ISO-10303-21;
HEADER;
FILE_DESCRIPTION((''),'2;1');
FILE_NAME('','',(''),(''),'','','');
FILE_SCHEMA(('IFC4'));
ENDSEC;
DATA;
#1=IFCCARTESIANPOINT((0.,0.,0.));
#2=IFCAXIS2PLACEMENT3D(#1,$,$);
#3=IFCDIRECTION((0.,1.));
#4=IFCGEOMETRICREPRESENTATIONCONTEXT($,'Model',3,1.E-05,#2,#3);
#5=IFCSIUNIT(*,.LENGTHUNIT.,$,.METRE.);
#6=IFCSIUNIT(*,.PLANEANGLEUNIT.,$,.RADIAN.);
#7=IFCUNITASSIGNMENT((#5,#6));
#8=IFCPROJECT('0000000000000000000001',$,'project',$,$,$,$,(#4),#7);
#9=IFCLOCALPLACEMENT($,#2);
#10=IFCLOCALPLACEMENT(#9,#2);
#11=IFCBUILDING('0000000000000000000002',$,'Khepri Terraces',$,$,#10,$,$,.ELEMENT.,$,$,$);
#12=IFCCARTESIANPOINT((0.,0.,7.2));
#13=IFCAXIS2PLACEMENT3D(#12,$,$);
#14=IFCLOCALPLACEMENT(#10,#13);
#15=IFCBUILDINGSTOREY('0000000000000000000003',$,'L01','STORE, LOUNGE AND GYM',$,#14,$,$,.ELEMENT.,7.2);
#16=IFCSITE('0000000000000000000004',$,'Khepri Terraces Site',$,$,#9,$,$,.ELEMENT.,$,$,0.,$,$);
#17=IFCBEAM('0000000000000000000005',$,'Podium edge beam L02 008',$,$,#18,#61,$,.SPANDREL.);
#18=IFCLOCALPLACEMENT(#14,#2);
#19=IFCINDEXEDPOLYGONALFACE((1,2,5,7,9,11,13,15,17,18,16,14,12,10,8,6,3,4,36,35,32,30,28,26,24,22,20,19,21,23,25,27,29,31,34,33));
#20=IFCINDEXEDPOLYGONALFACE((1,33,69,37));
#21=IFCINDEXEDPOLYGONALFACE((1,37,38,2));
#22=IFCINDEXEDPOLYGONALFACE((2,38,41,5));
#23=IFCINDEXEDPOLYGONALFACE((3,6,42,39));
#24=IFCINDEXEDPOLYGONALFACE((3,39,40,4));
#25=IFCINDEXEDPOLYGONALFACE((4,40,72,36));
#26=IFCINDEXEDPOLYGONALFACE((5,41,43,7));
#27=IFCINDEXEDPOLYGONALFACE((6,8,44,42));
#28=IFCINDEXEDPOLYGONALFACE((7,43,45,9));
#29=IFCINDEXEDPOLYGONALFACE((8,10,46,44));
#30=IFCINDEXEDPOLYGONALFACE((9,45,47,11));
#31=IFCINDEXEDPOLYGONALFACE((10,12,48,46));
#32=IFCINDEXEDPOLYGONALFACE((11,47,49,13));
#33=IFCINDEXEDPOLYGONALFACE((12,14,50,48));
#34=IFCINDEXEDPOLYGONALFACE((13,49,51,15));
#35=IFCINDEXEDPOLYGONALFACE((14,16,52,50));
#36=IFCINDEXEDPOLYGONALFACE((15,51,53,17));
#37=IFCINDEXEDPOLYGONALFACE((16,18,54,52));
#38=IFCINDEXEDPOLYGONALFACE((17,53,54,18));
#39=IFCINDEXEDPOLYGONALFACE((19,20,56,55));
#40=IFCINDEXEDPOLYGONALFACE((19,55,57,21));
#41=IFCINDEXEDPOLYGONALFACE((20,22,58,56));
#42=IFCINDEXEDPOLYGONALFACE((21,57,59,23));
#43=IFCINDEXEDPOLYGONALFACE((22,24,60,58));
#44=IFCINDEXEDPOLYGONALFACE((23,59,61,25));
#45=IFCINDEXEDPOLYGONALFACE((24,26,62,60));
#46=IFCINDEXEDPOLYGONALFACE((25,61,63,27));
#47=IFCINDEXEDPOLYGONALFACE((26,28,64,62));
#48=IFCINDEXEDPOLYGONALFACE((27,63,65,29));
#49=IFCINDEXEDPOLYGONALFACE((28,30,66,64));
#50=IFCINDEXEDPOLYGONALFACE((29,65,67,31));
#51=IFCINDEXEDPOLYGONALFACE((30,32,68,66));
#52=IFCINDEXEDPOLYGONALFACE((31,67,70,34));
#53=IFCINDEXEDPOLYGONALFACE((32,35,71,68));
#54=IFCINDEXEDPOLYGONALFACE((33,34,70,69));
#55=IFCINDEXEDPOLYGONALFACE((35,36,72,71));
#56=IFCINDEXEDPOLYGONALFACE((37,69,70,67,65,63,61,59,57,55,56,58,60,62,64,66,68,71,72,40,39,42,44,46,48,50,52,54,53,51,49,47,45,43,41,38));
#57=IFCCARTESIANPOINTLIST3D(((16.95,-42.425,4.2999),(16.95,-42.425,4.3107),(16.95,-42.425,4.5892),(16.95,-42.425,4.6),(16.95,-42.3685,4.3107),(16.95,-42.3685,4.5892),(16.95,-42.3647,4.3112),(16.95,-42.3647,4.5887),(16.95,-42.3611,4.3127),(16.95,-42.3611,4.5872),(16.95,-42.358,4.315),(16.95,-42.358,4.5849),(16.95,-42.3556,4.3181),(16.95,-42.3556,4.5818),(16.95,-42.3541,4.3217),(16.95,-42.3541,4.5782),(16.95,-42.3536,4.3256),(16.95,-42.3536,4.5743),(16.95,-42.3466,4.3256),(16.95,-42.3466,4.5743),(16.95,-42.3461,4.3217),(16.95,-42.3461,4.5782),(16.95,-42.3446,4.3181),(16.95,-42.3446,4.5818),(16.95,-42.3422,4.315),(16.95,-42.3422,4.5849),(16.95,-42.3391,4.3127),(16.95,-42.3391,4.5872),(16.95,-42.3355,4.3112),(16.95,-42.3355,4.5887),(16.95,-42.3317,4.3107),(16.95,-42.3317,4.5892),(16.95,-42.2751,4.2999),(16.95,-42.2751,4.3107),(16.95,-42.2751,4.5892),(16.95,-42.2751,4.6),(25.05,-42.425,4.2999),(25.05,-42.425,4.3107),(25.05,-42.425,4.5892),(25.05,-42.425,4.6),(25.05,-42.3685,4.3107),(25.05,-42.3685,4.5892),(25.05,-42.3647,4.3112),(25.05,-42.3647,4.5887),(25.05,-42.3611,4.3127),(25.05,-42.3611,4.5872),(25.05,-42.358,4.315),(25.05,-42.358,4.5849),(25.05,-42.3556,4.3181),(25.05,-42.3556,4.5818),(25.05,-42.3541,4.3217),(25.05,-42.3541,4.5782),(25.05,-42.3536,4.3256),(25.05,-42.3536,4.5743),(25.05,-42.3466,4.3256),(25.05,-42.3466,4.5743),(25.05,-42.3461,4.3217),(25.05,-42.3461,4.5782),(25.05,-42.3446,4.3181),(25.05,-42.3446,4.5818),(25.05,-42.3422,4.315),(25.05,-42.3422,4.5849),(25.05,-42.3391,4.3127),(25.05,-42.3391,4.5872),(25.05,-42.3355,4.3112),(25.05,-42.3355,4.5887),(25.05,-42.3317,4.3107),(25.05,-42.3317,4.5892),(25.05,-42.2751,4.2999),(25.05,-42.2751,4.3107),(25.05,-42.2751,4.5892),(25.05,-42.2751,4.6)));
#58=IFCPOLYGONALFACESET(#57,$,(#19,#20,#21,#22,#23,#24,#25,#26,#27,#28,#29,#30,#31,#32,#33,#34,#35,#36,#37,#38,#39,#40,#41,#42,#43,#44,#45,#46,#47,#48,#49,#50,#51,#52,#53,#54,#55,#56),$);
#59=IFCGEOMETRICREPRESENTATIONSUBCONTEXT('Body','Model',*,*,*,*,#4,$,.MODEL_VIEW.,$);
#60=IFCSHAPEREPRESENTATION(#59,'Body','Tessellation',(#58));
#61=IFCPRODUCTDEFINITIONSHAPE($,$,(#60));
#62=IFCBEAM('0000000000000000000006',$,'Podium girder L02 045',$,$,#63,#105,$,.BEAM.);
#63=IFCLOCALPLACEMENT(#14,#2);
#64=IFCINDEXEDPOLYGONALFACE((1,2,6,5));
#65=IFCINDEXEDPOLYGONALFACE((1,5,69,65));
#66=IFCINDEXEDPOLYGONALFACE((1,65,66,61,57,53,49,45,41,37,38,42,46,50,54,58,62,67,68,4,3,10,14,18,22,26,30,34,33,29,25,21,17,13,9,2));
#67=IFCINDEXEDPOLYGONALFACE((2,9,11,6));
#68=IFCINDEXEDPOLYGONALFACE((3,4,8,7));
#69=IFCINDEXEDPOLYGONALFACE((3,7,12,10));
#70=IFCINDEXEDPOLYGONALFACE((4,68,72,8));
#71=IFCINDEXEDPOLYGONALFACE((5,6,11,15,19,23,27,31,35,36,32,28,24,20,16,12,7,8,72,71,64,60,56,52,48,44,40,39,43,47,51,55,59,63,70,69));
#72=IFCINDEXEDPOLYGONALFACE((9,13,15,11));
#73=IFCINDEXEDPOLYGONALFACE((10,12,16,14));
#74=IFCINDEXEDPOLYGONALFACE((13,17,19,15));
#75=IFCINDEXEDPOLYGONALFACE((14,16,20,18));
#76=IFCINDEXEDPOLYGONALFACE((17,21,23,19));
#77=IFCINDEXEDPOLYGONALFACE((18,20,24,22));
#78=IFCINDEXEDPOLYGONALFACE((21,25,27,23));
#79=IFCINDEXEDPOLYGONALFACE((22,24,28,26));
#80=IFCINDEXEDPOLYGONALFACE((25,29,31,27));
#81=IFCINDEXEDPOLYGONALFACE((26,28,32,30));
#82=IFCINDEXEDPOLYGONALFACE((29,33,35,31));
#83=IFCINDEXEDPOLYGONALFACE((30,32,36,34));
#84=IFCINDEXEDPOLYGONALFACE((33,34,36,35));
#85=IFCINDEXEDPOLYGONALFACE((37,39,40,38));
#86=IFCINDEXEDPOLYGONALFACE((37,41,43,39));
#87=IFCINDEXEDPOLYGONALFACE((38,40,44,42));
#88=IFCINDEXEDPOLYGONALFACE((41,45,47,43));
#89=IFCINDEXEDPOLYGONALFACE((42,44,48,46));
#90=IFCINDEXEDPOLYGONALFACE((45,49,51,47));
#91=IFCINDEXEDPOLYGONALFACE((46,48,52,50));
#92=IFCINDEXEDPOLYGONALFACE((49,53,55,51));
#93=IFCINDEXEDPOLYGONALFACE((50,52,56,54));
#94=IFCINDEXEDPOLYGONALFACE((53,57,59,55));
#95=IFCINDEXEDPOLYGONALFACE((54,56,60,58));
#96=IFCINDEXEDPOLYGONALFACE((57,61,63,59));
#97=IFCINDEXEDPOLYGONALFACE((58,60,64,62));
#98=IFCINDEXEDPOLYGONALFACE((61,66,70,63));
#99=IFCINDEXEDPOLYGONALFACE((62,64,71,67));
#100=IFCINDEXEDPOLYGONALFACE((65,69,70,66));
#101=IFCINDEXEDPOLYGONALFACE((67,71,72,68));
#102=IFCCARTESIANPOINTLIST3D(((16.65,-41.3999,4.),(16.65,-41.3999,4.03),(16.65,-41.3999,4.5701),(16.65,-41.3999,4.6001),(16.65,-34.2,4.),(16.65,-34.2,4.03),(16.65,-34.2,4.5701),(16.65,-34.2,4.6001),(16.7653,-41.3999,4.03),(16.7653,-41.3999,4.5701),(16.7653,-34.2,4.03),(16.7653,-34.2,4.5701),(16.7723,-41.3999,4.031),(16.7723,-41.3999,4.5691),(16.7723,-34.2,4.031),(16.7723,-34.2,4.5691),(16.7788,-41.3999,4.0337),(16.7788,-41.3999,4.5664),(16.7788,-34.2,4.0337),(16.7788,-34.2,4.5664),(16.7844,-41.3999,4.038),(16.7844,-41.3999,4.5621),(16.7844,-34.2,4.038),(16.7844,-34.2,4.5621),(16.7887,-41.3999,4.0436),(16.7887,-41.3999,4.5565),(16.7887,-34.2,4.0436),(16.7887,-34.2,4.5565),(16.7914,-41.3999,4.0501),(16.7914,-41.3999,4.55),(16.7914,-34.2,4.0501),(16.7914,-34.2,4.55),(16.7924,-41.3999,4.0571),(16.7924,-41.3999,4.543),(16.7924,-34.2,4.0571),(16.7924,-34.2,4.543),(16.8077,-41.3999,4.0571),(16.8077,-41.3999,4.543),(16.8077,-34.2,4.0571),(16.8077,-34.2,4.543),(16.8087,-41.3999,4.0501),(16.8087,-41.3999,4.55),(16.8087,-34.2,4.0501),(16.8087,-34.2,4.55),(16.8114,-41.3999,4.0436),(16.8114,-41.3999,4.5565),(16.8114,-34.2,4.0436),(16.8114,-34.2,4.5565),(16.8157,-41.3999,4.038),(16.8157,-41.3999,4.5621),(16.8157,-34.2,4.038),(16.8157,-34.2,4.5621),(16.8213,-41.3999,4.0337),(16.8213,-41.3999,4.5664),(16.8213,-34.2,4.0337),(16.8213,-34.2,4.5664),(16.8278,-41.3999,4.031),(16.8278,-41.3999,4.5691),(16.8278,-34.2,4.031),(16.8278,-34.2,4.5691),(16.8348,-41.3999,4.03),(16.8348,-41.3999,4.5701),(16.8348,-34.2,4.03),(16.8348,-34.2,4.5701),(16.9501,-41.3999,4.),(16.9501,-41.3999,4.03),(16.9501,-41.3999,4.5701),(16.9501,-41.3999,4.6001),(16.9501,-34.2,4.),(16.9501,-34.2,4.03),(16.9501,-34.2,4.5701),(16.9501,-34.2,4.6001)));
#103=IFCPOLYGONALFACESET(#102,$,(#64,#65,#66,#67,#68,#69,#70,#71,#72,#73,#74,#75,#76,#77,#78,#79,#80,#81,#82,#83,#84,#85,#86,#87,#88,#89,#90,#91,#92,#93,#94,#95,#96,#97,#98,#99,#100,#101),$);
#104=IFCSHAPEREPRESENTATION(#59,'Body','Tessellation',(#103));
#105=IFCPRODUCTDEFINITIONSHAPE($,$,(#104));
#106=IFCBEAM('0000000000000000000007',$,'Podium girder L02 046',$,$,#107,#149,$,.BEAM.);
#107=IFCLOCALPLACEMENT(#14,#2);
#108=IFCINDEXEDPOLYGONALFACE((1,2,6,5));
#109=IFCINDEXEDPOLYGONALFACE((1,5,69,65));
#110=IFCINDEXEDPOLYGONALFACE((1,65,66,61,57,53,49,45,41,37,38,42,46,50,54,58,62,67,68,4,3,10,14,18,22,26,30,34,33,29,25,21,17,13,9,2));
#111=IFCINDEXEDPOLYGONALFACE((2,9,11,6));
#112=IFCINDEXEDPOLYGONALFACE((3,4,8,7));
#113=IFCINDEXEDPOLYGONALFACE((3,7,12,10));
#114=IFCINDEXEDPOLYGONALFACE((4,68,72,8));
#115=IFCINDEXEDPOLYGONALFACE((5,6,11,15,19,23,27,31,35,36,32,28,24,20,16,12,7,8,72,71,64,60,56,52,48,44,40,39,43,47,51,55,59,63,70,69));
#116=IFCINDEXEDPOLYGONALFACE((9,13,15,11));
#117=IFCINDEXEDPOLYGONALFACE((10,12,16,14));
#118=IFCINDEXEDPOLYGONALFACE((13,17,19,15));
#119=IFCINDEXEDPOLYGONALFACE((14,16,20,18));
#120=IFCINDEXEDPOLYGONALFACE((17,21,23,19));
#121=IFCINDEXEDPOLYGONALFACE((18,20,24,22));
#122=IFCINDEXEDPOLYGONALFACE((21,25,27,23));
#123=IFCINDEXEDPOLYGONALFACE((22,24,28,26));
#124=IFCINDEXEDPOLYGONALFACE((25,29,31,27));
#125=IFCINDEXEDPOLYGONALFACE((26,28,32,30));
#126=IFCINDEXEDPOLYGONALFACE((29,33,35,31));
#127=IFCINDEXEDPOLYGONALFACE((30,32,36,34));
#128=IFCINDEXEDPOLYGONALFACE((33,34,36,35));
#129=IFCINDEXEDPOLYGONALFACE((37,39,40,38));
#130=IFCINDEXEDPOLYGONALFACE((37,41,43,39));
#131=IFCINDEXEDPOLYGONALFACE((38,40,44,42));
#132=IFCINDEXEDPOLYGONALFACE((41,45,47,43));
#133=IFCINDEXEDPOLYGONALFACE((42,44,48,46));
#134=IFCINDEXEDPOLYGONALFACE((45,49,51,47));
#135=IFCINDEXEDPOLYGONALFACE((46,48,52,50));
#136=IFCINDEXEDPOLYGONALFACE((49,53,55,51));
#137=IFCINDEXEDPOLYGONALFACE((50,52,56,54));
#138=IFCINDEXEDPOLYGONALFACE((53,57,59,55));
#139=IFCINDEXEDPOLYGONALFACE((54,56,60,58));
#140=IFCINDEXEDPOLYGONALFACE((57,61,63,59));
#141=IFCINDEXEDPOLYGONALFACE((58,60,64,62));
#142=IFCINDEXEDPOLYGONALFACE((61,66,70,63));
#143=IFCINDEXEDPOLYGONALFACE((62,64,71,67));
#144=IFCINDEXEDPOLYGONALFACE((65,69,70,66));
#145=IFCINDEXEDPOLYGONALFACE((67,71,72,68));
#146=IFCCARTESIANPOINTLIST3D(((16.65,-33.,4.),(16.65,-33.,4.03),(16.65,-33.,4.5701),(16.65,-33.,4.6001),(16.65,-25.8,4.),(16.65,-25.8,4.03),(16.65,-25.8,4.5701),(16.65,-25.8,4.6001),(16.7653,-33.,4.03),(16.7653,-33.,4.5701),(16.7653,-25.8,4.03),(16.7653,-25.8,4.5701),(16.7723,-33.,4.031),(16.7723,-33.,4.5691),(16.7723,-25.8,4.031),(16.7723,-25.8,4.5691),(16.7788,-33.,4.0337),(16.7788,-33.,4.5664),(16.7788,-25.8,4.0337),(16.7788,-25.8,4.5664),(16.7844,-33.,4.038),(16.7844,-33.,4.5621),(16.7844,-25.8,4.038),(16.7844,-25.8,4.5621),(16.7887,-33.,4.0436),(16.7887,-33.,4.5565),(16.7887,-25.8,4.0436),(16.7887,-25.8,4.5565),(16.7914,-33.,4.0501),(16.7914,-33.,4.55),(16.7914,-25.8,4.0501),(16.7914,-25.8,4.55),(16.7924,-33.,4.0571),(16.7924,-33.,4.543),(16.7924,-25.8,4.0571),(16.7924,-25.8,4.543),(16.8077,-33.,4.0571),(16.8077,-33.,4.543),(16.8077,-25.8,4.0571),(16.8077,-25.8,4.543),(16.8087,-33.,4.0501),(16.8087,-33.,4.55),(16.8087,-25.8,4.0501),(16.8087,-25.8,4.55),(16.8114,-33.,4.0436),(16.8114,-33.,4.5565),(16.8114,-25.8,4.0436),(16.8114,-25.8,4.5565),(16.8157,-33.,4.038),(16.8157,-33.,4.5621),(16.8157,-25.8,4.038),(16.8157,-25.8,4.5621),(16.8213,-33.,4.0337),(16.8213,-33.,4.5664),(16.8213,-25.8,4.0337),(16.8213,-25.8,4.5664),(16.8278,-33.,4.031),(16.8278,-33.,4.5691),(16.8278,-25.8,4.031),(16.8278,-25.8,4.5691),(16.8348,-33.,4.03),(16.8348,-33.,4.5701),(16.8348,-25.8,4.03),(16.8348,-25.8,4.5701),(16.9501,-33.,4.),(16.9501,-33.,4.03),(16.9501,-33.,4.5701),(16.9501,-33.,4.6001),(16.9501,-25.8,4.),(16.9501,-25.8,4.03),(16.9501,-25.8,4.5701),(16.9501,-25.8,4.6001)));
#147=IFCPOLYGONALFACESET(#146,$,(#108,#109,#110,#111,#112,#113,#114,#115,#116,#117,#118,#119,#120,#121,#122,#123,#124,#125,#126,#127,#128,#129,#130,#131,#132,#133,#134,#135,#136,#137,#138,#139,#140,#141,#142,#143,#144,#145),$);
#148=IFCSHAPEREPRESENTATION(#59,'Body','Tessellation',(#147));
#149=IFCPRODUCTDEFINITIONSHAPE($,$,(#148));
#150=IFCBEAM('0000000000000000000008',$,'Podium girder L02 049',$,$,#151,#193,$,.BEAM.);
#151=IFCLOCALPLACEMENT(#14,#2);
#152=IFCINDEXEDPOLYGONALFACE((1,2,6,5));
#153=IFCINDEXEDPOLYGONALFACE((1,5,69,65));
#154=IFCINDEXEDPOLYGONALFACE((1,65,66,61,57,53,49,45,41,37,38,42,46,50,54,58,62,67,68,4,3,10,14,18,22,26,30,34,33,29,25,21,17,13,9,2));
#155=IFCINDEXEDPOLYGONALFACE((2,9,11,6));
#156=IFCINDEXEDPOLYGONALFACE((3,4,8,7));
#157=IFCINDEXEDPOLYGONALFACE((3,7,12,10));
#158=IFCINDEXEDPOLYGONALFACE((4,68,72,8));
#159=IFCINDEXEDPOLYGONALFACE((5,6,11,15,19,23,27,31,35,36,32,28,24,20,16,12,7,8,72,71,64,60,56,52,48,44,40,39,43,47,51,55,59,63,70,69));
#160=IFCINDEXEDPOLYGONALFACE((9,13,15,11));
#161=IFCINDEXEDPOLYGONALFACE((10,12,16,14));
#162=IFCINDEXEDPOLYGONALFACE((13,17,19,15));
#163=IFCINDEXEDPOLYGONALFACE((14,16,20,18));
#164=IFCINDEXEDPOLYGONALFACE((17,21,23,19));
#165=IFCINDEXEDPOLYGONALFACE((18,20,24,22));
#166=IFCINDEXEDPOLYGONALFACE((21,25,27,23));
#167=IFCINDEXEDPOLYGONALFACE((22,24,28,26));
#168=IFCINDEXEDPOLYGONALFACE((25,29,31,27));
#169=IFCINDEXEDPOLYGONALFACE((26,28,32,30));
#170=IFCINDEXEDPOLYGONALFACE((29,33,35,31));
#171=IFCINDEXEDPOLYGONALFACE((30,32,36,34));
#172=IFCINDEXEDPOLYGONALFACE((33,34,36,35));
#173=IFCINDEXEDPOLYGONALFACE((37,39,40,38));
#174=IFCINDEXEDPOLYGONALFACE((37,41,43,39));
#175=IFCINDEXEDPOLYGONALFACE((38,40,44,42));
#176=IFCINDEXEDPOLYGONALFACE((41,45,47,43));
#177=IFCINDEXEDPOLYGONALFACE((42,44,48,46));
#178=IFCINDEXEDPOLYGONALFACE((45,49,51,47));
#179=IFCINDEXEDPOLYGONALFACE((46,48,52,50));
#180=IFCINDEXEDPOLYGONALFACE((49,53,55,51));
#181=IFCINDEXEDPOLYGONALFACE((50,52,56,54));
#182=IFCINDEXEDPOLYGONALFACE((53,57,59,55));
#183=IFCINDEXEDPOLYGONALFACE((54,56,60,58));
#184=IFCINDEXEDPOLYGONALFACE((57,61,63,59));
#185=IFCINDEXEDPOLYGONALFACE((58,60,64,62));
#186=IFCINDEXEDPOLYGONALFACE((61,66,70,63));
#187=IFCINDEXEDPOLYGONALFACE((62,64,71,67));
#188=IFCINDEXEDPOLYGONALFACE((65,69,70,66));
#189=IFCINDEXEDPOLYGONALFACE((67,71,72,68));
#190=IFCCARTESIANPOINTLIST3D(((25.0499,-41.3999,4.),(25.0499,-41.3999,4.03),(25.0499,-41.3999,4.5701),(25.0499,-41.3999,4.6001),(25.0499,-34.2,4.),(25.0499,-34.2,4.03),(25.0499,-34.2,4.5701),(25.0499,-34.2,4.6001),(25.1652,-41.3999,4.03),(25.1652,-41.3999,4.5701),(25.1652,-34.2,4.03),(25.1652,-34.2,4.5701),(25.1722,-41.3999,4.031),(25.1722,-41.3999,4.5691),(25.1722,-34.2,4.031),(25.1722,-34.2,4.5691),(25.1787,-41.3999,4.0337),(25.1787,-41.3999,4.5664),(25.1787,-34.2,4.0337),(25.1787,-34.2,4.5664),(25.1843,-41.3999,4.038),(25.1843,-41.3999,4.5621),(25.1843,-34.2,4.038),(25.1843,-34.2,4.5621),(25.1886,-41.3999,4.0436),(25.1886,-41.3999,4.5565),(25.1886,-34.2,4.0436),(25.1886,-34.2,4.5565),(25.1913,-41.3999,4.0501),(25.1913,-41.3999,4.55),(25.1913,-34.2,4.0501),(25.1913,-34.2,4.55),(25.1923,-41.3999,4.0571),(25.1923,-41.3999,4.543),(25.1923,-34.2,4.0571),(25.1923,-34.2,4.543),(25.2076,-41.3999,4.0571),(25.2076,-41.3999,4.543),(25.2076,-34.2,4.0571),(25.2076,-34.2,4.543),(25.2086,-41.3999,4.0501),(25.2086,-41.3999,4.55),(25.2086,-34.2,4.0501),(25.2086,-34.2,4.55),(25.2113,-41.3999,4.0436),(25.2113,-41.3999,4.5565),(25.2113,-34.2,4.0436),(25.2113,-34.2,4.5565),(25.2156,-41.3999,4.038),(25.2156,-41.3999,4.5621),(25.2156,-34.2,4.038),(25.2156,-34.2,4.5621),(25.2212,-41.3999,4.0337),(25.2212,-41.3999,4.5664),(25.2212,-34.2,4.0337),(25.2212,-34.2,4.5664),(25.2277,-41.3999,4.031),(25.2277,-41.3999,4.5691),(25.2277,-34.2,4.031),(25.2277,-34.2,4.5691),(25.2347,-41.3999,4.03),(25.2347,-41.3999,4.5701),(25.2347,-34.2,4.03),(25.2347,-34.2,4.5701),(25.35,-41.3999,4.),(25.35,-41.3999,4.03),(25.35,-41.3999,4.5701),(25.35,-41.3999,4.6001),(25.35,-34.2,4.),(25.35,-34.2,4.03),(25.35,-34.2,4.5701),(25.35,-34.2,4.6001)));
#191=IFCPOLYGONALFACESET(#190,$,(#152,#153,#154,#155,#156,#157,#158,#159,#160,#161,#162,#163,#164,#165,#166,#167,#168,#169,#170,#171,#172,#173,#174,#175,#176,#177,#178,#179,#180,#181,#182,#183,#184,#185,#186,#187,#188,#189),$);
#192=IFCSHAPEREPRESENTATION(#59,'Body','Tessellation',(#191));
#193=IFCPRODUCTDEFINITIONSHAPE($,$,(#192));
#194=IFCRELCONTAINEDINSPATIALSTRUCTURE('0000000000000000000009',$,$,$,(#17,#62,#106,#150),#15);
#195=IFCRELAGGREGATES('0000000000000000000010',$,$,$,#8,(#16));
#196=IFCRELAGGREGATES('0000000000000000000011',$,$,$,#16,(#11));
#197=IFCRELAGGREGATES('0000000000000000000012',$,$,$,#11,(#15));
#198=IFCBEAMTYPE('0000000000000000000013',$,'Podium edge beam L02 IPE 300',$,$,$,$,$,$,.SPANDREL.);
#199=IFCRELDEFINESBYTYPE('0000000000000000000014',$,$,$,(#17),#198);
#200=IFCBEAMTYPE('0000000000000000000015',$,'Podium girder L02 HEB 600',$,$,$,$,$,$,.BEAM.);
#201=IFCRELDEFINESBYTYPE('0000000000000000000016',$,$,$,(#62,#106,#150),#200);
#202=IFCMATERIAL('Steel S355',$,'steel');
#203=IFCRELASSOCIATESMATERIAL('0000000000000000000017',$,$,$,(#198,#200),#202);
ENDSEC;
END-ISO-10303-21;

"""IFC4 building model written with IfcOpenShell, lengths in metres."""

from ifc_helpers import new_model, si_unit, direction, frame, origin, origin_2d, place, context, subcontext, project, spatial, i_section, extrude, material, material_profile, profile_set, type_object, element, save


model = new_model("IFC4")

# Units and contexts
model_context = context("Model", 3, precision=1e-05, world=origin(), true_north=direction((0.0, 1.0)))
body_context = subcontext(model_context, "Body", "Model", "MODEL_VIEW")
ifc_project = project(units=[si_unit("LENGTHUNIT", "METRE"), si_unit("PLANEANGLEUNIT", "RADIAN")], contexts=[model_context])

# Site, building, storey
site_placement = place(None, origin())
site = spatial("IfcSite", under=ifc_project, at=site_placement, Name="Khepri Terraces Site", CompositionType="ELEMENT", RefElevation=0.0)
building_placement = place(site_placement, origin())
building = spatial("IfcBuilding", under=site, at=building_placement, Name="Khepri Terraces", CompositionType="ELEMENT")
storey_placement = place(building_placement, frame((0.0, 0.0, 7.2)))
storey = spatial("IfcBuildingStorey", under=building, at=storey_placement, Name="L01", Description="STORE, LOUNGE AND GYM", CompositionType="ELEMENT", Elevation=7.2)

# Beams
ifc_material_1 = material(Name="Steel S355", Category="steel")
ifc_material_profile_1 = material_profile(ifc_material_1, i_section(OverallWidth=0.1499, OverallDepth=0.3, WebThickness=0.0071, FlangeThickness=0.0107, FilletRadius=0.0149, at=origin_2d()), Name="Steel S355", Category="steel")
ifc_profile_set_1 = profile_set([ifc_material_profile_1], Name="Steel S355")
beam_type_1 = type_object("IfcBeamType", Name="Podium edge beam L02 IPE 300", PredefinedType="SPANDREL", material=ifc_profile_set_1)
beam_1_placement = place(storey_placement, frame((16.95, -42.3501, 4.45), z_axis=(1.0, 0.0, 0.0), x_axis=(0.0, 1.0, 0.0)))
element("IfcBeam", 1, at=beam_1_placement, inside=storey, type_object=beam_type_1, Name="Podium edge beam L02 008", PredefinedType="SPANDREL", context=body_context, shape_type="SweptSolid", body=[
    extrude(i_section(OverallWidth=0.1499, OverallDepth=0.3, WebThickness=0.0071, FlangeThickness=0.0107, FilletRadius=0.0149, at=origin_2d()), origin(), (0.0, 0.0, 1.0), 8.1001),
])
ifc_material_profile_2 = material_profile(ifc_material_1, i_section(OverallWidth=0.3, OverallDepth=0.6001, WebThickness=0.0154, FlangeThickness=0.03, FilletRadius=0.0271, at=origin_2d()), Name="Steel S355", Category="steel")
ifc_profile_set_2 = profile_set([ifc_material_profile_2], Name="Steel S355")
beam_type_2 = type_object("IfcBeamType", Name="Podium girder L02 HEB 600", PredefinedType="BEAM", material=ifc_profile_set_2)
for number, where, z_axis, x_axis, name in (
    (2, (16.8, -41.3999, 4.3), (0.0, 1.0, 0.0), (-1.0, 0.0, 0.0), "Podium girder L02 045"),
    (3, (16.8, -33.0, 4.3), (0.0, 1.0, 0.0), (-1.0, 0.0, 0.0), "Podium girder L02 046"),
    (4, (25.2, -41.3999, 4.3), (0.0, 1.0, 0.0), (-1.0, 0.0, 0.0), "Podium girder L02 049"),
):
    element("IfcBeam", number, at=place(storey_placement, frame(where, z_axis=z_axis, x_axis=x_axis)), inside=storey, type_object=beam_type_2, Name=name, PredefinedType="BEAM", context=body_context, shape_type="SweptSolid", body=[
        extrude(i_section(OverallWidth=0.3, OverallDepth=0.6001, WebThickness=0.0154, FlangeThickness=0.03, FilletRadius=0.0271, at=origin_2d()), origin(), (0.0, 0.0, 1.0), 7.2),
    ])

save(model, "model.ifc")
